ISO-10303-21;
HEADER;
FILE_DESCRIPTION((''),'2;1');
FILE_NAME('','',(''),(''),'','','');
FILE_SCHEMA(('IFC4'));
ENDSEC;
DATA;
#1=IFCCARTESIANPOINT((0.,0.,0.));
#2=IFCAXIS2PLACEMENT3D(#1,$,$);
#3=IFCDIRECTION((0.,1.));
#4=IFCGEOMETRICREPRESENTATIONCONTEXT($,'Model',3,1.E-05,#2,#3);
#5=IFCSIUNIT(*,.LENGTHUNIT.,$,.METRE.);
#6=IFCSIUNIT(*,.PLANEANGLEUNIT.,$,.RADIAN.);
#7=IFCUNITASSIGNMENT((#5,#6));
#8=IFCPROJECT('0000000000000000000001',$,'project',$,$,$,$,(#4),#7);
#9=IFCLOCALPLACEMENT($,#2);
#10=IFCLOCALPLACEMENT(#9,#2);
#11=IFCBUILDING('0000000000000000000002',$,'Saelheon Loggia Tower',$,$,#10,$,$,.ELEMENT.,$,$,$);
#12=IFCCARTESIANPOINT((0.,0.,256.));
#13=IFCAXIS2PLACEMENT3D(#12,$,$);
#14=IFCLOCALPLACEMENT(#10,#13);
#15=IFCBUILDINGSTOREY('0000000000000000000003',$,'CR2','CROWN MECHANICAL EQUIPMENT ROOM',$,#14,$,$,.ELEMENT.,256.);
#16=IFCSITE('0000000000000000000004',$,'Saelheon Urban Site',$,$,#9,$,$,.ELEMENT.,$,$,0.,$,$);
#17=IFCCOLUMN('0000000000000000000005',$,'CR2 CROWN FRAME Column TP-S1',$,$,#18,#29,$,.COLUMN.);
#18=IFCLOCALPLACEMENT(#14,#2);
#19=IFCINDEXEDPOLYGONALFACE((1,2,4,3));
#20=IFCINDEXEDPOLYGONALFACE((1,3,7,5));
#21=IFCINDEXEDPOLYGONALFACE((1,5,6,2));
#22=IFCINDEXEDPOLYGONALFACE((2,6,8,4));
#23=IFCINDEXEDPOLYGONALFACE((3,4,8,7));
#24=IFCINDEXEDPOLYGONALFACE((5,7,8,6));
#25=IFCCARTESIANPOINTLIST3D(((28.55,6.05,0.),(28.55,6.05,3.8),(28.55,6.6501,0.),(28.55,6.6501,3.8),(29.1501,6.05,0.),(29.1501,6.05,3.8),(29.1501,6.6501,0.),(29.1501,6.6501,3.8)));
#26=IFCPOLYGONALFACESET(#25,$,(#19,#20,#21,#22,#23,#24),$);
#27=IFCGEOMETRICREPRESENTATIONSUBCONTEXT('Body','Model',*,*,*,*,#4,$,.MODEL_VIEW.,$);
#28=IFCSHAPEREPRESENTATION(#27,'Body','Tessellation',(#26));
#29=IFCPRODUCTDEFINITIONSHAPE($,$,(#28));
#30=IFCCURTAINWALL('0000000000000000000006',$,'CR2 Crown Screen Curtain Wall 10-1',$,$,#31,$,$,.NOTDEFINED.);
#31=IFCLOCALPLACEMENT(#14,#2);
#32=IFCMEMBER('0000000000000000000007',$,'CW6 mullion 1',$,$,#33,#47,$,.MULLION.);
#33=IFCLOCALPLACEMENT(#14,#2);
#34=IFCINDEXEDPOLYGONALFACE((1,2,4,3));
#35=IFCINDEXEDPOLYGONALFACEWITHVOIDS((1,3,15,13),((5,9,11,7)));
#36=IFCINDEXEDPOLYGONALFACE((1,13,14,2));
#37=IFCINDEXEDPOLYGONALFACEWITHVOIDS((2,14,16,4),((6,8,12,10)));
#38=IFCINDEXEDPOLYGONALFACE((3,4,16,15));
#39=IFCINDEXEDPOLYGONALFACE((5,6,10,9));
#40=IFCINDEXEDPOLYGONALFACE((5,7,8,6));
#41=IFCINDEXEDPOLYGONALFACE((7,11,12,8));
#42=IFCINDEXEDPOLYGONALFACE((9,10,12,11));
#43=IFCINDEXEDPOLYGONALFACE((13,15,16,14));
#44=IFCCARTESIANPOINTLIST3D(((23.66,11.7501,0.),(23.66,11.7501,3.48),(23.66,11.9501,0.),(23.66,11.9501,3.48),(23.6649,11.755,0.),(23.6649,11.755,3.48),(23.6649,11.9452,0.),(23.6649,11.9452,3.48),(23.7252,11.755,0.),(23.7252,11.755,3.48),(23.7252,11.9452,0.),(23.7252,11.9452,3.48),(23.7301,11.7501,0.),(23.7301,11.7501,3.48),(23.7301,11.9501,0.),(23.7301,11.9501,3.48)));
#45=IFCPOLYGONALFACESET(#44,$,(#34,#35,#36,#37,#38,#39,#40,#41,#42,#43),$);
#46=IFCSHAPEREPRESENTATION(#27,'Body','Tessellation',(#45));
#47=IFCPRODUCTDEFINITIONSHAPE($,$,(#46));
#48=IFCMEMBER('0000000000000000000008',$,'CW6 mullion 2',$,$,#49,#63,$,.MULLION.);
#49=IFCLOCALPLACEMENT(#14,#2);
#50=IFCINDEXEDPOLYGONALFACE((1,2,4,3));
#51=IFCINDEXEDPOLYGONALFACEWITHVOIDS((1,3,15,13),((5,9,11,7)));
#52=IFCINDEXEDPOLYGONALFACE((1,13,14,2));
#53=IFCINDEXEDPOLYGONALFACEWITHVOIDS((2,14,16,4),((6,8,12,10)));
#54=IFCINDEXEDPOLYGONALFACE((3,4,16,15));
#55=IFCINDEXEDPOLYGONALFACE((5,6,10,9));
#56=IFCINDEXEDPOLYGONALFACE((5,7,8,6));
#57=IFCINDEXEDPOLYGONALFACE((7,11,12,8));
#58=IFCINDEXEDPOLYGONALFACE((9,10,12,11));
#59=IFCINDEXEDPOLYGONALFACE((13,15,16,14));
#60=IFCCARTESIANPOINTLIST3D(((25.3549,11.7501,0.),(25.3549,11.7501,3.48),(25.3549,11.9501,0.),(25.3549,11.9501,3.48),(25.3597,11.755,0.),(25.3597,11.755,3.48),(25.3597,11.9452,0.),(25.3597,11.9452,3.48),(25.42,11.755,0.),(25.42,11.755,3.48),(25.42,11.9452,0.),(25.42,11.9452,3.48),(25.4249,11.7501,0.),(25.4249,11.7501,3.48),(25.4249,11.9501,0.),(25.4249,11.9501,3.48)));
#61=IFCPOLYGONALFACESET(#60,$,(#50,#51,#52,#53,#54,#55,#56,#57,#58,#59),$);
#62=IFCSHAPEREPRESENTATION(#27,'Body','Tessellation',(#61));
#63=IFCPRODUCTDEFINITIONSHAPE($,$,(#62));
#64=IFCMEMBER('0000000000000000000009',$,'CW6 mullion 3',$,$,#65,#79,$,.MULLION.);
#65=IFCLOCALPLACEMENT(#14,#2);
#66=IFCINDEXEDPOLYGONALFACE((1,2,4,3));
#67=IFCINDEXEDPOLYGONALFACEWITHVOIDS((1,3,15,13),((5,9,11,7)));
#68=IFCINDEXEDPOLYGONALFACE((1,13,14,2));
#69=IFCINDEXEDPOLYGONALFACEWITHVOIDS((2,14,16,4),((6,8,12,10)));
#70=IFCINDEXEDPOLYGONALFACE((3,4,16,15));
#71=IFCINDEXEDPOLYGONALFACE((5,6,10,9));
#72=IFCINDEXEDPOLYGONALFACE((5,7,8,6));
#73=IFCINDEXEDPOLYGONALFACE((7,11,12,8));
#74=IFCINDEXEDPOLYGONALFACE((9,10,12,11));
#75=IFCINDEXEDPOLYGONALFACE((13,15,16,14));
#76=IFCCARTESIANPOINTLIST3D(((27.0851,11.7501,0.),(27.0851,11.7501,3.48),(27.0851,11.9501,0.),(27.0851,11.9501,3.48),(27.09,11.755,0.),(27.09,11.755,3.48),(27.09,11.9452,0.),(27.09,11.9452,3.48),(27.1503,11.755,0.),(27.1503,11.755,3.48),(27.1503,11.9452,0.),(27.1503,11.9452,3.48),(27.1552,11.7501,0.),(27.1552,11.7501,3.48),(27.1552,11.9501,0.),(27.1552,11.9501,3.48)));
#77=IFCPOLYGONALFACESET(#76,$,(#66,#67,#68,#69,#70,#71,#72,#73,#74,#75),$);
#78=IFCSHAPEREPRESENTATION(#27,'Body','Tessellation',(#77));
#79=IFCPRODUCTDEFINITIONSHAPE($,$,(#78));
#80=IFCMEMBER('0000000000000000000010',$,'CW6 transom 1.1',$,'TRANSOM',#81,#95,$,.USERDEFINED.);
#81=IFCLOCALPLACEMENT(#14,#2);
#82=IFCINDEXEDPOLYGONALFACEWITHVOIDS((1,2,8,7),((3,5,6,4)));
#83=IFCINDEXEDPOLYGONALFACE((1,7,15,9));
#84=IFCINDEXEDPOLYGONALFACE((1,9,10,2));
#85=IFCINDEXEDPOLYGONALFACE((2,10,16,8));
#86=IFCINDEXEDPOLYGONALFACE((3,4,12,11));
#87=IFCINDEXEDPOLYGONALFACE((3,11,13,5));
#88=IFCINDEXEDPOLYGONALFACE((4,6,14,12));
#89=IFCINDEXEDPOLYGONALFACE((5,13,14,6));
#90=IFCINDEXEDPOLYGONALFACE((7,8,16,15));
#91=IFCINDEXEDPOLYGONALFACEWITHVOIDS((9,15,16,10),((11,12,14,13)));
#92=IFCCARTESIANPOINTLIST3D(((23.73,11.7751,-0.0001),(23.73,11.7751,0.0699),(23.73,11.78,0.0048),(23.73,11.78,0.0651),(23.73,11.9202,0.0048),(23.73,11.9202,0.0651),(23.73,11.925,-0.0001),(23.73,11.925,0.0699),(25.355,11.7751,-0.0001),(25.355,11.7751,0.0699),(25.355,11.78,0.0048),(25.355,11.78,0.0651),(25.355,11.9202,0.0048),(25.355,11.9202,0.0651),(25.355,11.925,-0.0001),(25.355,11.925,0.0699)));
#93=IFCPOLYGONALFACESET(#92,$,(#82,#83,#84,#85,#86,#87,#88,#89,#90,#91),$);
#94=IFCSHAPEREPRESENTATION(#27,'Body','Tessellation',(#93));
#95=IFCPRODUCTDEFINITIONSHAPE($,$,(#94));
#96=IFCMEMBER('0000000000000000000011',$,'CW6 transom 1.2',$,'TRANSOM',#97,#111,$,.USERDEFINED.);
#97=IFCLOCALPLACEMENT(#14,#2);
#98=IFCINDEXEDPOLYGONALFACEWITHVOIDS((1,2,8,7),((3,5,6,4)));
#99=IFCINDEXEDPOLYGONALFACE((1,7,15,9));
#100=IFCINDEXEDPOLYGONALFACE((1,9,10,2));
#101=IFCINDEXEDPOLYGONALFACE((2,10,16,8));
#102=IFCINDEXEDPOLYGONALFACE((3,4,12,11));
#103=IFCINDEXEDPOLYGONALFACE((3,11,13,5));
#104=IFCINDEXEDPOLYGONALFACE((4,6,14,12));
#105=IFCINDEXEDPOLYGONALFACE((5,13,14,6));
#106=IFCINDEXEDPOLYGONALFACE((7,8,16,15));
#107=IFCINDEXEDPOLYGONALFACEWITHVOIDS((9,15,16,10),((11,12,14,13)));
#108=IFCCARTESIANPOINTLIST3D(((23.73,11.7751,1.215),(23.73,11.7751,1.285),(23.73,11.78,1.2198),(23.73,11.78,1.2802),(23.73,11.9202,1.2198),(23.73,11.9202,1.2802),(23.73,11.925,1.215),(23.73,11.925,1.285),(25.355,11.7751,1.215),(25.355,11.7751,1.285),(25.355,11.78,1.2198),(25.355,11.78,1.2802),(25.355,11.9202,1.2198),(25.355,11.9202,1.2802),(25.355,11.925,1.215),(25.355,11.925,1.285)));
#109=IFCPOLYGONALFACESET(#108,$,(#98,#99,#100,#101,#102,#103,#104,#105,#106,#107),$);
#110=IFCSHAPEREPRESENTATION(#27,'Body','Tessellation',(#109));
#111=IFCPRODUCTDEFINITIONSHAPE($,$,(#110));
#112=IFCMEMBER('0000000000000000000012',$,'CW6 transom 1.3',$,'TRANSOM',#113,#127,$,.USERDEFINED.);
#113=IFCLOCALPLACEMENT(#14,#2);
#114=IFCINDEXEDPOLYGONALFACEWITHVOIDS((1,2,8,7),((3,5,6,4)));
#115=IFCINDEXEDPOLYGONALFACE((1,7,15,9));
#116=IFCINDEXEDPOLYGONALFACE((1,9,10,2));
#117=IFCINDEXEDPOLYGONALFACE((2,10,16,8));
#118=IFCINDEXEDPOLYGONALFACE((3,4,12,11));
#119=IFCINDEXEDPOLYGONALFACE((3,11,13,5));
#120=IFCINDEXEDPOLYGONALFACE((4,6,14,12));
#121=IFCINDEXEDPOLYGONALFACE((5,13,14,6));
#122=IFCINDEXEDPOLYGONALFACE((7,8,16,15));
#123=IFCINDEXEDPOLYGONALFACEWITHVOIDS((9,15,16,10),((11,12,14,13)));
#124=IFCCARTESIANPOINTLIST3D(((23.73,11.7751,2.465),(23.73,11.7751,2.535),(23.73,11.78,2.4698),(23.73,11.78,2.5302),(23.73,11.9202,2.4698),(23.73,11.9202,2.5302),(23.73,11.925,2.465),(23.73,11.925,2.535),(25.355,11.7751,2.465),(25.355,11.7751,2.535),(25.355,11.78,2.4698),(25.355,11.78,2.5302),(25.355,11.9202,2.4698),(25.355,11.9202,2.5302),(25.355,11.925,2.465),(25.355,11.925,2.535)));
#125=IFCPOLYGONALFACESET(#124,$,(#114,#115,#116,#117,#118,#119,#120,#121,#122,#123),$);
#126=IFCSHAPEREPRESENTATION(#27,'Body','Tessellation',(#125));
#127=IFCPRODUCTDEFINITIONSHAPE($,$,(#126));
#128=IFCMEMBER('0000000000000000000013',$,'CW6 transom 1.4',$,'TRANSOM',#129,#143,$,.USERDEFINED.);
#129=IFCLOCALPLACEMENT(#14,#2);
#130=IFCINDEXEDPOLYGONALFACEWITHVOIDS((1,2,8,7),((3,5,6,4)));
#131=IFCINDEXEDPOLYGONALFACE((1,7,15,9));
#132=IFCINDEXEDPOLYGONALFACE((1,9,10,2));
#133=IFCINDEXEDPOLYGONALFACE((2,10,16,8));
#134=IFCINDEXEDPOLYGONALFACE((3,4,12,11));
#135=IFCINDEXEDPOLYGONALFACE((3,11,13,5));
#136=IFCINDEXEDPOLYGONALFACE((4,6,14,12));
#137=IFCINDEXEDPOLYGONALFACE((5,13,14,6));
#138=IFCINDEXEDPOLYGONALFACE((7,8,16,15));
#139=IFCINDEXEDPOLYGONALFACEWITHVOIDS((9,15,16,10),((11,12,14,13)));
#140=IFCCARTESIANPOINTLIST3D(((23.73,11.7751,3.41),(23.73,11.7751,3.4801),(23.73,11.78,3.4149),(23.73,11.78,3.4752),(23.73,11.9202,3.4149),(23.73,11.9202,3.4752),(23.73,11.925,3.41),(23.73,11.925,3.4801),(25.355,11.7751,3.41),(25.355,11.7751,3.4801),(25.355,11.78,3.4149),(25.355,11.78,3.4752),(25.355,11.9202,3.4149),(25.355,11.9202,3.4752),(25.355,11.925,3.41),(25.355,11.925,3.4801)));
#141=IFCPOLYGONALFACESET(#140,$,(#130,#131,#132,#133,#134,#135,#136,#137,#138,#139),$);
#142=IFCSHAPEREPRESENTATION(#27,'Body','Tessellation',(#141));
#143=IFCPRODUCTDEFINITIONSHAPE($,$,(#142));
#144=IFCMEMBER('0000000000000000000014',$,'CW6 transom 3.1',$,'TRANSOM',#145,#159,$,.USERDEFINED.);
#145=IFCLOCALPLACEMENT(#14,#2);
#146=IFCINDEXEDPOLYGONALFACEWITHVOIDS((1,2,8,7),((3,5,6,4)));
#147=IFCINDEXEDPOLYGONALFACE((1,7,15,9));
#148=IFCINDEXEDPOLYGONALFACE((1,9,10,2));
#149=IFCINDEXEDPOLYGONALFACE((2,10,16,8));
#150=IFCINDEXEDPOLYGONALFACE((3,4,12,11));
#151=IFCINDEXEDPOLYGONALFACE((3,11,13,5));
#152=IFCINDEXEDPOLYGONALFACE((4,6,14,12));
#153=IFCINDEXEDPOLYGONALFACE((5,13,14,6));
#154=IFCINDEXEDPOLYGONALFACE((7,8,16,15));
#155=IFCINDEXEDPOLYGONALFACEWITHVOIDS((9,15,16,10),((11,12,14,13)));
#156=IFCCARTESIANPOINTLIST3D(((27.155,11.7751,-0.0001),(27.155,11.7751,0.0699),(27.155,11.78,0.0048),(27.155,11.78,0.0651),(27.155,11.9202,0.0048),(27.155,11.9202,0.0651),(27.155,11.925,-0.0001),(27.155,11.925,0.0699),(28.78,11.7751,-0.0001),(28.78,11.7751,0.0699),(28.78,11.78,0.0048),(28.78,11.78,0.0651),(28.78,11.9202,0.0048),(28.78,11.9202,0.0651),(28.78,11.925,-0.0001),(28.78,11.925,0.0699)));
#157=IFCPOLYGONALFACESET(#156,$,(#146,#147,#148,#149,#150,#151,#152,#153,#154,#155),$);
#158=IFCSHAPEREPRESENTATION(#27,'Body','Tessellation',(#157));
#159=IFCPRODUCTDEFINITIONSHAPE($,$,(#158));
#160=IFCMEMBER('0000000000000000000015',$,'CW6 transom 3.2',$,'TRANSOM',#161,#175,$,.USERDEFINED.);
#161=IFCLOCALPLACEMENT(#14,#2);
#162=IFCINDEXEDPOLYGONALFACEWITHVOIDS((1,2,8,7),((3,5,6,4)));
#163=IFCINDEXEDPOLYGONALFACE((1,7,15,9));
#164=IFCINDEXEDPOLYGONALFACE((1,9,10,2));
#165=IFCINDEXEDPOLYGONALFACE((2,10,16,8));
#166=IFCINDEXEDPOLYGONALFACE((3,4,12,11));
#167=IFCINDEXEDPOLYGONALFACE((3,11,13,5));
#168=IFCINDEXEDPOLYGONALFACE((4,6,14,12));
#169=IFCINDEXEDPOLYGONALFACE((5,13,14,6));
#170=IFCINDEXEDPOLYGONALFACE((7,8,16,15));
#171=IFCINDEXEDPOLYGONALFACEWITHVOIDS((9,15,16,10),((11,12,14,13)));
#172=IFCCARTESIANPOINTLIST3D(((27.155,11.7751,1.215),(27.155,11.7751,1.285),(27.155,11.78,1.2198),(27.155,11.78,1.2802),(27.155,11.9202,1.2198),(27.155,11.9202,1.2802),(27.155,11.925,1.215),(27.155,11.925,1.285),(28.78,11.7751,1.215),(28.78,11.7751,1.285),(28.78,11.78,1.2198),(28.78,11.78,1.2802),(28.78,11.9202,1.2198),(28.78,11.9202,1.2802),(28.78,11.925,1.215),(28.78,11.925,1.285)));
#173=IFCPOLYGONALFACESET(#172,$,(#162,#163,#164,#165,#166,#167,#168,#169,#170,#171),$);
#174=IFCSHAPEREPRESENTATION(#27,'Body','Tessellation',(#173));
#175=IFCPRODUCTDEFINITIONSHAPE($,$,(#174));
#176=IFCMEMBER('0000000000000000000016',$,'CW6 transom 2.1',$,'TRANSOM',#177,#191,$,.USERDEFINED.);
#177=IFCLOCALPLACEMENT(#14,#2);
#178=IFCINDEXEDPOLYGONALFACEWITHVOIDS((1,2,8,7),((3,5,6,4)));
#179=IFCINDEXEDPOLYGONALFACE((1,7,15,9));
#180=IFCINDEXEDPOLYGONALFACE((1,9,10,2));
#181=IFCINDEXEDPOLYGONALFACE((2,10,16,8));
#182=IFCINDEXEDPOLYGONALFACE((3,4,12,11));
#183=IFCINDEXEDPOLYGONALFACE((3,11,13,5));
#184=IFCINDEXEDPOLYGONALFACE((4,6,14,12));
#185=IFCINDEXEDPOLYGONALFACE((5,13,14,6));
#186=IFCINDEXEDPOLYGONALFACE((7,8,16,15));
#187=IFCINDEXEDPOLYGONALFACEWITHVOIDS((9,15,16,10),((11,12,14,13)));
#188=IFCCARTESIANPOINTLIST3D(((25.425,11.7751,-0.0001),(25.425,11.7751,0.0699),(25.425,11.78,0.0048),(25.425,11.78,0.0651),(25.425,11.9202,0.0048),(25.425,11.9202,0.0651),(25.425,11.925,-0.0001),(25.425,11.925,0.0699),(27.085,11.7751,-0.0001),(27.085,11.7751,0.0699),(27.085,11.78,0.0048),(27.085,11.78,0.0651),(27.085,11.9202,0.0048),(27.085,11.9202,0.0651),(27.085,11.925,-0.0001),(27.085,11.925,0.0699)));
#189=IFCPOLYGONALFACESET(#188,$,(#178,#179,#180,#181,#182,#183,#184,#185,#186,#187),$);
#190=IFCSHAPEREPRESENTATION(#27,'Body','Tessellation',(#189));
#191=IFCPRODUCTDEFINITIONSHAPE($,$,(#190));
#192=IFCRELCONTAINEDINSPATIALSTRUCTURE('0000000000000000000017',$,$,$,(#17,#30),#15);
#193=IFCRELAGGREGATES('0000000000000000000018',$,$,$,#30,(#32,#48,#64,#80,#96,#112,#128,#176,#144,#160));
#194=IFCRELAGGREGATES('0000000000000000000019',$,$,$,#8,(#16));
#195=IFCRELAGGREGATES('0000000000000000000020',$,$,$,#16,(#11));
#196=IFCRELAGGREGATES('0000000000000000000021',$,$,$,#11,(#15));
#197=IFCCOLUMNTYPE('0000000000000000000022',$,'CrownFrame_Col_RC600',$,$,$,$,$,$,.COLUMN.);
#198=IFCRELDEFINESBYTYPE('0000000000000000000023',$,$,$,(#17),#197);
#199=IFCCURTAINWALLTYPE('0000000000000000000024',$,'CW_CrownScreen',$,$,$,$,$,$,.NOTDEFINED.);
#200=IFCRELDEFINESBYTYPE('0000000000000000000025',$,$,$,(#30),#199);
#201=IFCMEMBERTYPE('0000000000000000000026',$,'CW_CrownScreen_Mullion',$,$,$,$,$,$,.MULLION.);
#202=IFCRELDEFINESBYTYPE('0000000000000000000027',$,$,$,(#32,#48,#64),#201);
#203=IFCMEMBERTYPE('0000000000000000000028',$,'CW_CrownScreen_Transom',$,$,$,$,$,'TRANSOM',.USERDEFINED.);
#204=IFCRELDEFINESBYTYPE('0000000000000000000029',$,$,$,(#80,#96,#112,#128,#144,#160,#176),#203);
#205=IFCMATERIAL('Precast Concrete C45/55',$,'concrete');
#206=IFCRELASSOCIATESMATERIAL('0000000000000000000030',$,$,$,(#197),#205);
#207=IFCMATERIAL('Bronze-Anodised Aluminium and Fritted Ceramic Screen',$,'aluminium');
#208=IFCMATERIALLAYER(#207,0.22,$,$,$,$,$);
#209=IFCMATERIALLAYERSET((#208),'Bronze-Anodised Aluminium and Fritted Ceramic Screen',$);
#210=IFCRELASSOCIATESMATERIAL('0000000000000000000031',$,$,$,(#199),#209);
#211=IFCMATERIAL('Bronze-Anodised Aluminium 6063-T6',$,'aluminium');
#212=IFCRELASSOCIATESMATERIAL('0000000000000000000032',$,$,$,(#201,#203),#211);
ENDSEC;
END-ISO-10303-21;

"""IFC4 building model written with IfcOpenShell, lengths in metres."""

from ifc_helpers import new_model, si_unit, direction, frame, origin, origin_2d, place, context, subcontext, project, spatial, rectangle, hollow_rectangle, extrude, source, transform, mapped, material, layer, layer_set, material_profile, profile_set, type_object, element, aggregate, save


model = new_model("IFC4")

# Units and contexts
model_context = context("Model", 3, precision=1e-05, world=origin(), true_north=direction((0.0, 1.0)))
body_context = subcontext(model_context, "Body", "Model", "MODEL_VIEW")
ifc_project = project(units=[si_unit("LENGTHUNIT", "METRE"), si_unit("PLANEANGLEUNIT", "RADIAN")], contexts=[model_context])

# Site, building, storey
site_placement = place(None, origin())
site = spatial("IfcSite", under=ifc_project, at=site_placement, Name="Saelheon Urban Site", CompositionType="ELEMENT", RefElevation=0.0)
building_placement = place(site_placement, origin())
building = spatial("IfcBuilding", under=site, at=building_placement, Name="Saelheon Loggia Tower", CompositionType="ELEMENT")
storey_placement = place(building_placement, frame((0.0, 0.0, 256.0)))
storey = spatial("IfcBuildingStorey", under=building, at=storey_placement, Name="CR2", Description="CROWN MECHANICAL EQUIPMENT ROOM", CompositionType="ELEMENT", Elevation=256.0)

# Column
ifc_material_1 = material(Name="Precast Concrete C45/55", Category="concrete")
ifc_material_profile_1 = material_profile(ifc_material_1, rectangle(XDim=0.6001, YDim=0.6001, at=origin_2d()), Name="RC-600x600")
ifc_profile_set_1 = profile_set([ifc_material_profile_1], Name="Precast Concrete C45/55")
column_type = type_object("IfcColumnType", Name="CrownFrame_Col_RC600", PredefinedType="COLUMN", material=ifc_profile_set_1)
shared_shape_1 = source(origin(), body_context, "Body", "SweptSolid", [
    extrude(rectangle(XDim=0.6001, YDim=0.6001, at=origin_2d()), origin(), (0.0, 0.0, 1.0), 3.8),
])
column_placement = place(storey_placement, frame((28.8501, 6.3501, 0.0), z_axis=(0.0, 0.0, 1.0), x_axis=(1.0, 0.0, 0.0)))
element("IfcColumn", 1, at=column_placement, inside=storey, type_object=column_type, Name="CR2 CROWN FRAME Column TP-S1", PredefinedType="COLUMN", context=body_context, shape_type="MappedRepresentation", body=[
    mapped(shared_shape_1, transform((0.0, 0.0, 0.0), scale=1.0)),
])

# Curtain wall, members
ifc_material_2 = material(Name="Bronze-Anodised Aluminium and Fritted Ceramic Screen", Category="aluminium")
ifc_layer_1 = layer(ifc_material_2, 0.22)
ifc_layer_set_1 = layer_set([ifc_layer_1], Name="Bronze-Anodised Aluminium and Fritted Ceramic Screen")
curtain_wall_type = type_object("IfcCurtainWallType", Name="CW_CrownScreen", PredefinedType="NOTDEFINED", material=ifc_layer_set_1)
curtain_wall_placement = place(storey_placement, origin())
curtain_wall = element("IfcCurtainWall", 2, at=curtain_wall_placement, inside=storey, type_object=curtain_wall_type, Name="CR2 Crown Screen Curtain Wall 10-1", PredefinedType="NOTDEFINED")
ifc_material_3 = material(Name="Bronze-Anodised Aluminium 6063-T6", Category="aluminium")
ifc_material_profile_2 = material_profile(ifc_material_3, hollow_rectangle(XDim=0.0701, YDim=0.2, WallThickness=0.0049, at=origin_2d()), Name="RHS-200x70x5")
ifc_profile_set_2 = profile_set([ifc_material_profile_2], Name="Bronze-Anodised Aluminium 6063-T6")
member_type_1 = type_object("IfcMemberType", Name="CW_CrownScreen_Mullion", PredefinedType="MULLION", material=ifc_profile_set_2)
shared_shape_2 = source(origin(), body_context, "Body", "SweptSolid", [
    extrude(hollow_rectangle(XDim=0.0701, YDim=0.2, WallThickness=0.0049, at=origin_2d()), origin(), (0.0, 0.0, 1.0), 3.48),
])
member_1_placement = place(storey_placement, frame((23.6951, 11.8501, 0.0), z_axis=(0.0, 0.0, 1.0), x_axis=(1.0, 0.0, 0.0)))
member_1 = element("IfcMember", 3, at=member_1_placement, type_object=member_type_1, Name="CW6 mullion 1", PredefinedType="MULLION", context=body_context, shape_type="MappedRepresentation", body=[
    mapped(shared_shape_2, transform((0.0, 0.0, 0.0), scale=1.0)),
])
member_2_placement = place(storey_placement, frame((25.3899, 11.8501, 0.0), z_axis=(0.0, 0.0, 1.0), x_axis=(1.0, 0.0, 0.0)))
member_2 = element("IfcMember", 4, at=member_2_placement, type_object=member_type_1, Name="CW6 mullion 2", PredefinedType="MULLION", context=body_context, shape_type="MappedRepresentation", body=[
    mapped(shared_shape_2, transform((0.0, 0.0, 0.0), scale=1.0)),
])
member_3_placement = place(storey_placement, frame((27.1201, 11.8501, 0.0), z_axis=(0.0, 0.0, 1.0), x_axis=(1.0, 0.0, 0.0)))
member_3 = element("IfcMember", 5, at=member_3_placement, type_object=member_type_1, Name="CW6 mullion 3", PredefinedType="MULLION", context=body_context, shape_type="MappedRepresentation", body=[
    mapped(shared_shape_2, transform((0.0, 0.0, 0.0), scale=1.0)),
])
ifc_material_profile_3 = material_profile(ifc_material_3, hollow_rectangle(XDim=0.0701, YDim=0.1499, WallThickness=0.0049, at=origin_2d()), Name="RHS-150x70x5")
ifc_profile_set_3 = profile_set([ifc_material_profile_3], Name="Bronze-Anodised Aluminium 6063-T6")
member_type_2 = type_object("IfcMemberType", Name="CW_CrownScreen_Transom", ElementType="TRANSOM", PredefinedType="USERDEFINED", material=ifc_profile_set_3)
shared_shape_3 = source(origin(), body_context, "Body", "SweptSolid", [
    extrude(hollow_rectangle(XDim=0.0701, YDim=0.1499, WallThickness=0.0049, at=origin_2d()), origin(), (0.0, 0.0, 1.0), 1.625),
])
member_4_placement = place(storey_placement, frame((23.73, 11.8501, 0.0349), z_axis=(1.0, 0.0, 0.0), x_axis=(0.0, 0.0, 1.0)))
member_4 = element("IfcMember", 6, at=member_4_placement, type_object=member_type_2, Name="CW6 transom 1.1", ObjectType="TRANSOM", PredefinedType="USERDEFINED", context=body_context, shape_type="MappedRepresentation", body=[
    mapped(shared_shape_3, transform((0.0, 0.0, 0.0), scale=1.0)),
])
member_5_placement = place(storey_placement, frame((23.73, 11.8501, 1.25), z_axis=(1.0, 0.0, 0.0), x_axis=(0.0, 0.0, 1.0)))
member_5 = element("IfcMember", 7, at=member_5_placement, type_object=member_type_2, Name="CW6 transom 1.2", ObjectType="TRANSOM", PredefinedType="USERDEFINED", context=body_context, shape_type="MappedRepresentation", body=[
    mapped(shared_shape_3, transform((0.0, 0.0, 0.0), scale=1.0)),
])
member_6_placement = place(storey_placement, frame((23.73, 11.8501, 2.5), z_axis=(1.0, 0.0, 0.0), x_axis=(0.0, 0.0, 1.0)))
member_6 = element("IfcMember", 8, at=member_6_placement, type_object=member_type_2, Name="CW6 transom 1.3", ObjectType="TRANSOM", PredefinedType="USERDEFINED", context=body_context, shape_type="MappedRepresentation", body=[
    mapped(shared_shape_3, transform((0.0, 0.0, 0.0), scale=1.0)),
])
member_7_placement = place(storey_placement, frame((23.73, 11.8501, 3.4451), z_axis=(1.0, 0.0, 0.0), x_axis=(0.0, 0.0, 1.0)))
member_7 = element("IfcMember", 9, at=member_7_placement, type_object=member_type_2, Name="CW6 transom 1.4", ObjectType="TRANSOM", PredefinedType="USERDEFINED", context=body_context, shape_type="MappedRepresentation", body=[
    mapped(shared_shape_3, transform((0.0, 0.0, 0.0), scale=1.0)),
])
member_8_placement = place(storey_placement, frame((27.155, 11.8501, 0.0349), z_axis=(1.0, 0.0, 0.0), x_axis=(0.0, 0.0, 1.0)))
member_8 = element("IfcMember", 10, at=member_8_placement, type_object=member_type_2, Name="CW6 transom 3.1", ObjectType="TRANSOM", PredefinedType="USERDEFINED", context=body_context, shape_type="MappedRepresentation", body=[
    mapped(shared_shape_3, transform((0.0, 0.0, 0.0), scale=1.0)),
])
member_9_placement = place(storey_placement, frame((27.155, 11.8501, 1.25), z_axis=(1.0, 0.0, 0.0), x_axis=(0.0, 0.0, 1.0)))
member_9 = element("IfcMember", 11, at=member_9_placement, type_object=member_type_2, Name="CW6 transom 3.2", ObjectType="TRANSOM", PredefinedType="USERDEFINED", context=body_context, shape_type="MappedRepresentation", body=[
    mapped(shared_shape_3, transform((0.0, 0.0, 0.0), scale=1.0)),
])
shared_shape_4 = source(origin(), body_context, "Body", "SweptSolid", [
    extrude(hollow_rectangle(XDim=0.0701, YDim=0.1499, WallThickness=0.0049, at=origin_2d()), origin(), (0.0, 0.0, 1.0), 1.6599),
])
member_10_placement = place(storey_placement, frame((25.425, 11.8501, 0.0349), z_axis=(1.0, 0.0, 0.0), x_axis=(0.0, 0.0, 1.0)))
member_10 = element("IfcMember", 12, at=member_10_placement, type_object=member_type_2, Name="CW6 transom 2.1", ObjectType="TRANSOM", PredefinedType="USERDEFINED", context=body_context, shape_type="MappedRepresentation", body=[
    mapped(shared_shape_4, transform((0.0, 0.0, 0.0), scale=1.0)),
])
aggregate(curtain_wall, [member_1, member_2, member_3, member_4, member_5, member_6, member_7, member_10, member_8, member_9])

save(model, "model.ifc")
